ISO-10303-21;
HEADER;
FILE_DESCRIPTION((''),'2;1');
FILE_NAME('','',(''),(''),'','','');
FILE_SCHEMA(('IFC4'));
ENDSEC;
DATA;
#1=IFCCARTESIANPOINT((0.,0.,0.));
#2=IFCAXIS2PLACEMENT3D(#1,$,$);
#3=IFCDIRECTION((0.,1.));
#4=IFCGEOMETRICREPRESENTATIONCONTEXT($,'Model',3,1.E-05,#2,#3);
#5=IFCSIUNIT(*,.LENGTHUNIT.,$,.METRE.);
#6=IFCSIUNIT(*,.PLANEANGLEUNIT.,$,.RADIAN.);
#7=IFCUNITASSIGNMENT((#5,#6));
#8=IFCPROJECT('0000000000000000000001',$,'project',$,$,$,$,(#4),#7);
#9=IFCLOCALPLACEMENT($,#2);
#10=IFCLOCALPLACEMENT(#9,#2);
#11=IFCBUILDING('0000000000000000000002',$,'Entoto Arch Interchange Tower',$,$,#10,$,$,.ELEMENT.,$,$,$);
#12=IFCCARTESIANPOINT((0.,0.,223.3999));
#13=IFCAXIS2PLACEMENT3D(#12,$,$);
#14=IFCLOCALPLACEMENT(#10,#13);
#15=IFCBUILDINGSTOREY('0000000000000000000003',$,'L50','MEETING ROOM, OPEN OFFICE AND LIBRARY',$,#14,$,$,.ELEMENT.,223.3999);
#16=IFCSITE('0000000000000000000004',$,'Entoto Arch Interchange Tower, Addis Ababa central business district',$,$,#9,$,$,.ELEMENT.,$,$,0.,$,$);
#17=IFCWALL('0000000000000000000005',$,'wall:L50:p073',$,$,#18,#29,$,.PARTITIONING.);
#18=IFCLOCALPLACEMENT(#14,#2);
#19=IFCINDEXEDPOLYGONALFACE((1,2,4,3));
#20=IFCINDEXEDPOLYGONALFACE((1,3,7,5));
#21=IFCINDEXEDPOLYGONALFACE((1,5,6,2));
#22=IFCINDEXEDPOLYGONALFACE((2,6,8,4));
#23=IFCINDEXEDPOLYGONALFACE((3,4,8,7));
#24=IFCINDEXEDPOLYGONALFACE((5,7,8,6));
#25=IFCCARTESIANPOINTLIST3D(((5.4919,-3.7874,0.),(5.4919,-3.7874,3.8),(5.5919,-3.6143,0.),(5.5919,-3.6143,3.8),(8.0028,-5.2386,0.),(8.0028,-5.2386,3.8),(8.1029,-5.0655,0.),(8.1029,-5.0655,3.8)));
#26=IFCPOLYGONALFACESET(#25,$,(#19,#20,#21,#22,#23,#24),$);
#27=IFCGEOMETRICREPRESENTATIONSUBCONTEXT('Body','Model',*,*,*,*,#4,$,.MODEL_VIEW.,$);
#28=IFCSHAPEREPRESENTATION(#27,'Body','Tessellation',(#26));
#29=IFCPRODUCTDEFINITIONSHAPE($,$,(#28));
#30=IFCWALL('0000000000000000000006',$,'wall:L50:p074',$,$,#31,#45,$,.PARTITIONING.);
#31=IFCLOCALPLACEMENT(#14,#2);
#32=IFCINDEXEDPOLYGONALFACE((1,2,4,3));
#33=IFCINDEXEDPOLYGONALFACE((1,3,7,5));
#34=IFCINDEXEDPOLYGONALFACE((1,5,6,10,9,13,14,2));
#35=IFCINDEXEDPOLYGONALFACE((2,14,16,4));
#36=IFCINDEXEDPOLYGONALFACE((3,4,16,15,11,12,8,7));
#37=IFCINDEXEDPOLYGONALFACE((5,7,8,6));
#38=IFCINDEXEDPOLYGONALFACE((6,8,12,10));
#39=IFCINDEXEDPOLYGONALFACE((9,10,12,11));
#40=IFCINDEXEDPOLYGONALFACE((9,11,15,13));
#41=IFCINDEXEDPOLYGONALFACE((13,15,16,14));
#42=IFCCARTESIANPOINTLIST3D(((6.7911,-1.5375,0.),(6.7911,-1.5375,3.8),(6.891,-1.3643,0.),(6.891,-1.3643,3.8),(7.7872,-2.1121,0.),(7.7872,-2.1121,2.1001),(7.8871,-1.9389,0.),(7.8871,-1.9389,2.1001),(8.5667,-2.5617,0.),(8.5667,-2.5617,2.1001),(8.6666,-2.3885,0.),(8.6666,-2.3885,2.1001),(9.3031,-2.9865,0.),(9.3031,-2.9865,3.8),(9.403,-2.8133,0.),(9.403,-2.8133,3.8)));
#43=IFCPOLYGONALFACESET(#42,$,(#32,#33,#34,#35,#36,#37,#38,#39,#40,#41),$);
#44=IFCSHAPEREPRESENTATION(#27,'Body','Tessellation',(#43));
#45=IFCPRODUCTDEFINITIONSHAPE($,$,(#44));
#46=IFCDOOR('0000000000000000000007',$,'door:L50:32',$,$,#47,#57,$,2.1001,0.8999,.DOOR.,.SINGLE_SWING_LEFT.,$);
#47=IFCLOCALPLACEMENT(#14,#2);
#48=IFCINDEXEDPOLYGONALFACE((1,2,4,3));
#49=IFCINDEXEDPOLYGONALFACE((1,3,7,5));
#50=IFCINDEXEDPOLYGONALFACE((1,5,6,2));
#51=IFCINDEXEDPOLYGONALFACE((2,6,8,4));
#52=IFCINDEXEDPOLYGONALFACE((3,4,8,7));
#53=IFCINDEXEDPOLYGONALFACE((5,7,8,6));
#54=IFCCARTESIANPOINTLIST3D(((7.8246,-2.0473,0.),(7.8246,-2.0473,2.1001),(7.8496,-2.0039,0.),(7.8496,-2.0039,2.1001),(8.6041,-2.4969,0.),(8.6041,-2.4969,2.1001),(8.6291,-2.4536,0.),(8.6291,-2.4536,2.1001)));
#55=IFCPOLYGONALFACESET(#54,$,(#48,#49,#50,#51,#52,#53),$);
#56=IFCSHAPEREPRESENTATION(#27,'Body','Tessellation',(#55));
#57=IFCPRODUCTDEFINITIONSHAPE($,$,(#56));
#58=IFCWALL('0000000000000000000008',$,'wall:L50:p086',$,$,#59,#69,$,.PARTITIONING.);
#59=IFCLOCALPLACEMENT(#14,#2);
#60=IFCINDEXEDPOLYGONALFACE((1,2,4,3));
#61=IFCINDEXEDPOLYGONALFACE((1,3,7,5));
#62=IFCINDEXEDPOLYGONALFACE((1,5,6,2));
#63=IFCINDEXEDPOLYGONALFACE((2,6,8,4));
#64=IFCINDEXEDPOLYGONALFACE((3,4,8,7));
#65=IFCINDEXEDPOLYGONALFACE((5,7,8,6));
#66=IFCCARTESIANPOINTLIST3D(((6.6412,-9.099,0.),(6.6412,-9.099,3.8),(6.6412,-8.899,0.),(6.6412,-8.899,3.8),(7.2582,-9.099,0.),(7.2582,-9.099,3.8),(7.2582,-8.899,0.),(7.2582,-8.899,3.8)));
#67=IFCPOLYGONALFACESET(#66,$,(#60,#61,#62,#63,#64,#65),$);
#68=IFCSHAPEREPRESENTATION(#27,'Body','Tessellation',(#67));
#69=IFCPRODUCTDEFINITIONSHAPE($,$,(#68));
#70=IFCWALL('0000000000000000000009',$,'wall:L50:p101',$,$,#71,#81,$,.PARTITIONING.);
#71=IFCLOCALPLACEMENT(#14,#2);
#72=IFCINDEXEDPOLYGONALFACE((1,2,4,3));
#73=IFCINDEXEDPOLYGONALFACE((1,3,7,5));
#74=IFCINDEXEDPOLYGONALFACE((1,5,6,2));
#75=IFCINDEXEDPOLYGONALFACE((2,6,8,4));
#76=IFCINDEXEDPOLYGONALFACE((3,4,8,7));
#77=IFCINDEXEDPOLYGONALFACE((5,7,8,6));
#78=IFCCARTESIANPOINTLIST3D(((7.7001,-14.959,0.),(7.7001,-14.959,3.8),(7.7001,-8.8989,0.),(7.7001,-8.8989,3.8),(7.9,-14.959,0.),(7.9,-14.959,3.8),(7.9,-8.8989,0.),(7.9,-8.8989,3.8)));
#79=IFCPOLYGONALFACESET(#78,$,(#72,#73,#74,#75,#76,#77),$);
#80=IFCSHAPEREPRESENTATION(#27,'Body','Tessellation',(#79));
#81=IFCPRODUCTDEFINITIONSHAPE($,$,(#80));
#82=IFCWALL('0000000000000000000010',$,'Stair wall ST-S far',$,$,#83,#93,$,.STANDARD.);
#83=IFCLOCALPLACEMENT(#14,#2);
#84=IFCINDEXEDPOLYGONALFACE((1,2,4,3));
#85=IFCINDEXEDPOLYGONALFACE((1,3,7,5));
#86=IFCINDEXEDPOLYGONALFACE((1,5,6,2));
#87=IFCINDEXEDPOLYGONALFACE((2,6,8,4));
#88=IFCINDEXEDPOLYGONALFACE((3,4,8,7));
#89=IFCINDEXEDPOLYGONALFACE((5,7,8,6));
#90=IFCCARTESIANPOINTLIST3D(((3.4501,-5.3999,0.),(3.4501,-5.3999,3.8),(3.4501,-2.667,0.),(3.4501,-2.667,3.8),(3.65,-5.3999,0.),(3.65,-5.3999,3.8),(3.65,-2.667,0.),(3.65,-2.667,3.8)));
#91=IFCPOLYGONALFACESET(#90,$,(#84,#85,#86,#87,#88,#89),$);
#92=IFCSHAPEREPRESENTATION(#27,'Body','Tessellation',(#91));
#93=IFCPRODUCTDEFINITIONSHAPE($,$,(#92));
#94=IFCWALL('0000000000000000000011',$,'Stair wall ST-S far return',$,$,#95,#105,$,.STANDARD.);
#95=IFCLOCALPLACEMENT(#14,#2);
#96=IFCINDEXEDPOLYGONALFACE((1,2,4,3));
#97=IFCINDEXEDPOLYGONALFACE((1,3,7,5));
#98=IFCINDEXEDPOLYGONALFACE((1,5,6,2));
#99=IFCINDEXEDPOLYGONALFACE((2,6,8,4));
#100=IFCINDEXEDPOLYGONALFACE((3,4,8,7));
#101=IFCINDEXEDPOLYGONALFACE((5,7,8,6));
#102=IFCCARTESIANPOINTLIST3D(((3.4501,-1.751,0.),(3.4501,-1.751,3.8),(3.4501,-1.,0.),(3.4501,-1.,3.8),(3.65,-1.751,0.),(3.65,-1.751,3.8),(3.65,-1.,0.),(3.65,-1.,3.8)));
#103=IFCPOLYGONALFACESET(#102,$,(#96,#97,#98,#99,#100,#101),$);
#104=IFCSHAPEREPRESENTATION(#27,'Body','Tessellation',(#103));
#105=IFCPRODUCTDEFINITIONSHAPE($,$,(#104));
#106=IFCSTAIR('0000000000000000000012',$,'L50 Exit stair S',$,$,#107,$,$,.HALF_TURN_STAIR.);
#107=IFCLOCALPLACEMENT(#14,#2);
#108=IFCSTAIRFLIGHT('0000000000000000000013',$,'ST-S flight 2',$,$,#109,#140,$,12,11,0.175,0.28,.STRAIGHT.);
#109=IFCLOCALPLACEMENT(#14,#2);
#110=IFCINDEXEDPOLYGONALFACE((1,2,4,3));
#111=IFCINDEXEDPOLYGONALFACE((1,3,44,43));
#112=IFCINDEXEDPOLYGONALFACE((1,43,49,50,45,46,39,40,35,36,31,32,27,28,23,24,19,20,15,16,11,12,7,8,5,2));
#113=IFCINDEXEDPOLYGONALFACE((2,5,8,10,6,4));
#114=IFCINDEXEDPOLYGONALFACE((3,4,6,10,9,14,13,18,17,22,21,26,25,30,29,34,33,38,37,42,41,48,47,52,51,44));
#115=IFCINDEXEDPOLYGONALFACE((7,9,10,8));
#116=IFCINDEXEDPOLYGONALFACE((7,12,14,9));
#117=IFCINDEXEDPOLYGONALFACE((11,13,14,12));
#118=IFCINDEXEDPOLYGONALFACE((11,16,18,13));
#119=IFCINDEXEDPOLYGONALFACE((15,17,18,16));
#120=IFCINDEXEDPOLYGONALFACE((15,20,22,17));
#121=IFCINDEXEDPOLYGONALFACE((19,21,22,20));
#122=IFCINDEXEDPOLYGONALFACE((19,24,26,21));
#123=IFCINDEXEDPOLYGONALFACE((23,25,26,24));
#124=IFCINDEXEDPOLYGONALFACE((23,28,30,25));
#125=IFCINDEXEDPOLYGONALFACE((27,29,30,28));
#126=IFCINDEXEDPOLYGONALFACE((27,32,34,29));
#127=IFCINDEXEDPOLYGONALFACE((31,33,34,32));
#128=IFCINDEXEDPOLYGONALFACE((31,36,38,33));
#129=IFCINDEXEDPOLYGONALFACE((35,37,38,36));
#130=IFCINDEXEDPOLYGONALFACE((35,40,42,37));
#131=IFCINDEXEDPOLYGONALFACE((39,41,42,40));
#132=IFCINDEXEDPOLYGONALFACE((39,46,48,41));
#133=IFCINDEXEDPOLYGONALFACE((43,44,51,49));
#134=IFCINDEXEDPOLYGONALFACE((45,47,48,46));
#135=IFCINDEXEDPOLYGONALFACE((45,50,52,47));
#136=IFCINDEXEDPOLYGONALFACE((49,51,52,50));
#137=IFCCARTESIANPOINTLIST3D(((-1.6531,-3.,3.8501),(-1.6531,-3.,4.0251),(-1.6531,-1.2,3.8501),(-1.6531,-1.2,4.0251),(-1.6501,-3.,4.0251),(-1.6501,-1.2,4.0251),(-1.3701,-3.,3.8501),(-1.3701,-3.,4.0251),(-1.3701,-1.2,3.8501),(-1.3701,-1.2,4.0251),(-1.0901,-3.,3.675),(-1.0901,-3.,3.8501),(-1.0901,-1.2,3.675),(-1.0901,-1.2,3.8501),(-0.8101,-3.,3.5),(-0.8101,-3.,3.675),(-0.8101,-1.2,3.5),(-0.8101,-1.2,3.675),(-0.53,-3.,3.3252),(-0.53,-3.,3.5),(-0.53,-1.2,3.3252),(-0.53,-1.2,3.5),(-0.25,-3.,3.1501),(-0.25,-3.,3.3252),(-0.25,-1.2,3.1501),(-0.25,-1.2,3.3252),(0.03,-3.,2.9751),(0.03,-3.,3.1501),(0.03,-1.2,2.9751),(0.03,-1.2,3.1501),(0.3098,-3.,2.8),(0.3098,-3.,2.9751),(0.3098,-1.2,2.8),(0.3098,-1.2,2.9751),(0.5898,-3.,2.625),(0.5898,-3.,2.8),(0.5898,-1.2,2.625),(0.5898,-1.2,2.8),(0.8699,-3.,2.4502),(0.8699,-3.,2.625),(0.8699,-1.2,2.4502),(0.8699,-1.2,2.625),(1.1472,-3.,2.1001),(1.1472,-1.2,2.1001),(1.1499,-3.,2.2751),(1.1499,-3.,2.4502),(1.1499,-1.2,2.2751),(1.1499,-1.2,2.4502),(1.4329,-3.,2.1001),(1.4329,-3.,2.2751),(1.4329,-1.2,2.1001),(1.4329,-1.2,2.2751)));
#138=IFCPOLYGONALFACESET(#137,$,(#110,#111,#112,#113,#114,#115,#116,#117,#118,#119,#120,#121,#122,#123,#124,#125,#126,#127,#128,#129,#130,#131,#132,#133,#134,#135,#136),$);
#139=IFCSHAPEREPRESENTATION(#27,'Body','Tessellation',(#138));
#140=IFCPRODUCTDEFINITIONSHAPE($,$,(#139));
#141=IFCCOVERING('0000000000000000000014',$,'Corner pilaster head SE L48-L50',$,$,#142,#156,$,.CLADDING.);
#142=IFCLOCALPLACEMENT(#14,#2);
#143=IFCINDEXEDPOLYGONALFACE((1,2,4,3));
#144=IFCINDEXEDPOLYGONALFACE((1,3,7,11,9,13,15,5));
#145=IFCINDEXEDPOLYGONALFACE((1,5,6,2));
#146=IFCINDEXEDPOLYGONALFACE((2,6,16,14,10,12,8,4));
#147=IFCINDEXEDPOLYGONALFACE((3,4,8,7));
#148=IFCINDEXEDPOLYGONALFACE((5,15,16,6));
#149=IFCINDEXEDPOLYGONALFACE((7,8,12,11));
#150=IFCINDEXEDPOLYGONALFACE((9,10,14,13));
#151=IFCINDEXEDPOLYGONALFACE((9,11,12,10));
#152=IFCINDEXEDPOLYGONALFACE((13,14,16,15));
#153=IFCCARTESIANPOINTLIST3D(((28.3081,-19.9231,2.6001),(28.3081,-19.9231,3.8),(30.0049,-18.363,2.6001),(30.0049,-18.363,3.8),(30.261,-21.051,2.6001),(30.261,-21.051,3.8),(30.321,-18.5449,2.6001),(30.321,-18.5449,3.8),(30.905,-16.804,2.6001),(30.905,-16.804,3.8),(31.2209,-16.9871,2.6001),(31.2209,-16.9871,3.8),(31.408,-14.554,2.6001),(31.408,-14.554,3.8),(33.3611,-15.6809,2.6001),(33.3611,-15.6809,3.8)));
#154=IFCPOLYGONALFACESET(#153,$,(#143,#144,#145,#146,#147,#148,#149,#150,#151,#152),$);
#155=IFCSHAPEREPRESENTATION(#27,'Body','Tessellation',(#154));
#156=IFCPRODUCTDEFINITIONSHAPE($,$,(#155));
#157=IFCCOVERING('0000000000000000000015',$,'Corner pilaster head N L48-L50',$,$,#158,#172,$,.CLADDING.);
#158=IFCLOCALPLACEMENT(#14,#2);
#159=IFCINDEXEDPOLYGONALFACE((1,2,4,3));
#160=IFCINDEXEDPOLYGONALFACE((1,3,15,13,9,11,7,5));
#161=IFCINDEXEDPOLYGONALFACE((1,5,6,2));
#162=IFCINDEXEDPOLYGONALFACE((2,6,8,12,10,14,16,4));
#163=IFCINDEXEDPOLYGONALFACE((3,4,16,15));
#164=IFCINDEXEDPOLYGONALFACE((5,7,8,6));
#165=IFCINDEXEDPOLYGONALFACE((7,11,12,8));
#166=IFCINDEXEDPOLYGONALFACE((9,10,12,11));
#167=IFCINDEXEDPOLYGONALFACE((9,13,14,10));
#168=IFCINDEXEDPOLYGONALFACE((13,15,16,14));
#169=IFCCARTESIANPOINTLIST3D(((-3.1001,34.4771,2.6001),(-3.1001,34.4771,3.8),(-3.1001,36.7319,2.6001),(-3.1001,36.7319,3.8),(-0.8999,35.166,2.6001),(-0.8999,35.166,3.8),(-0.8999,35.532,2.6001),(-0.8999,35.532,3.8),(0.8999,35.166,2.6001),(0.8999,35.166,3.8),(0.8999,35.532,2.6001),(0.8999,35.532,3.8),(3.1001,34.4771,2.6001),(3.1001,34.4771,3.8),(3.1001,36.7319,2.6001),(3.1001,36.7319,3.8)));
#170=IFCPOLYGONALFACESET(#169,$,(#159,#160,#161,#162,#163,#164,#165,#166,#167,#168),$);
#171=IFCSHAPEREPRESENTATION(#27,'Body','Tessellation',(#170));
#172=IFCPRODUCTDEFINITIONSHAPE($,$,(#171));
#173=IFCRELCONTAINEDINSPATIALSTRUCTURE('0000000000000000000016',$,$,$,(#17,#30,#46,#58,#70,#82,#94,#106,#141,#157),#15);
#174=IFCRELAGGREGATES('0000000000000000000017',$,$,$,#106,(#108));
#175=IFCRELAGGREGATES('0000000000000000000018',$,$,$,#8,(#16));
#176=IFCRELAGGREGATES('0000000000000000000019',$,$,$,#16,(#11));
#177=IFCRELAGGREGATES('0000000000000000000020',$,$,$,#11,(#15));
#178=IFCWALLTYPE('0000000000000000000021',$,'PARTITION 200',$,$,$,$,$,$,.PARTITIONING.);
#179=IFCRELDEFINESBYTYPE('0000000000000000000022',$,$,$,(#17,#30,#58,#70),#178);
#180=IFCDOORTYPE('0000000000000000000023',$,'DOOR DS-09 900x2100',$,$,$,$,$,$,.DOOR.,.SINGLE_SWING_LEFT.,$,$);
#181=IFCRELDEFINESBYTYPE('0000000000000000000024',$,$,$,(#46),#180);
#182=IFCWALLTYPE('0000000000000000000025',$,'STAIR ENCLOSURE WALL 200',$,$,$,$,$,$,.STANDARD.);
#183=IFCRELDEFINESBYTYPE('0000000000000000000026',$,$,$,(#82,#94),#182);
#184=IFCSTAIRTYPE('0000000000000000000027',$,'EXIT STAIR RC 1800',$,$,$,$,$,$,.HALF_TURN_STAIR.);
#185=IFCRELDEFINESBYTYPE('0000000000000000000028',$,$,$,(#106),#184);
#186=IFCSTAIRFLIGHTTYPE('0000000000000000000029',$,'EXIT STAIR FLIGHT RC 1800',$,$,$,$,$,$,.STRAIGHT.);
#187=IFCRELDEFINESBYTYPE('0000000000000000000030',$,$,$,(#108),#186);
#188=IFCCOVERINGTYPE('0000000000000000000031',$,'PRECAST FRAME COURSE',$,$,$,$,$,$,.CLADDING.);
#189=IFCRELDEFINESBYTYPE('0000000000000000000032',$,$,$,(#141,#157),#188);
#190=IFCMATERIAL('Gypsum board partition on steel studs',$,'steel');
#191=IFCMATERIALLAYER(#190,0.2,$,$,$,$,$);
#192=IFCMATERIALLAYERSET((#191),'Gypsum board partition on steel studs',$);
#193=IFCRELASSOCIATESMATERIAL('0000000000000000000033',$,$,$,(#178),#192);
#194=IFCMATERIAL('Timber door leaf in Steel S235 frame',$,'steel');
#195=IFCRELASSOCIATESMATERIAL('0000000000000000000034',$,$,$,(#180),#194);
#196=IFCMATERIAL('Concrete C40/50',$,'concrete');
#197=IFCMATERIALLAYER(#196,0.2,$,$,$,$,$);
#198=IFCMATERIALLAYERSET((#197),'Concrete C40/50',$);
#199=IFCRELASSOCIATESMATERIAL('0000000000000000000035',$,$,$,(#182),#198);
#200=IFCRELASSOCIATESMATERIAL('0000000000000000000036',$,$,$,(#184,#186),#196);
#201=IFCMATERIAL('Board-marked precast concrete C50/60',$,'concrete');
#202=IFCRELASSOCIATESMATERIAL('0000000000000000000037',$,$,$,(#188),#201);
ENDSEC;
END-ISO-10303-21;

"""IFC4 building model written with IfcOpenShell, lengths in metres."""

from ifc_helpers import new_model, si_unit, direction, frame, frame_2d, origin, place, context, subcontext, project, spatial, polyline, rectangle, outline, extrude, material, layer, layer_set, type_object, element, fill, aggregate, save


model = new_model("IFC4")

# Units and contexts
model_context = context("Model", 3, precision=1e-05, world=origin(), true_north=direction((0.0, 1.0)))
body_context = subcontext(model_context, "Body", "Model", "MODEL_VIEW")
ifc_project = project(units=[si_unit("LENGTHUNIT", "METRE"), si_unit("PLANEANGLEUNIT", "RADIAN")], contexts=[model_context])

# Site, building, storey
site_placement = place(None, origin())
site = spatial("IfcSite", under=ifc_project, at=site_placement, Name="Entoto Arch Interchange Tower, Addis Ababa central business district", CompositionType="ELEMENT", RefElevation=0.0)
building_placement = place(site_placement, origin())
building = spatial("IfcBuilding", under=site, at=building_placement, Name="Entoto Arch Interchange Tower", CompositionType="ELEMENT")
storey_placement = place(building_placement, frame((0.0, 0.0, 223.3999)))
storey = spatial("IfcBuildingStorey", under=building, at=storey_placement, Name="L50", Description="MEETING ROOM, OPEN OFFICE AND LIBRARY", CompositionType="ELEMENT", Elevation=223.3999)

# Shared definitions
ifc_material_1 = material(Name="Concrete C40/50", Category="concrete")

# Wall
ifc_material_2 = material(Name="Gypsum board partition on steel studs", Category="steel")
ifc_layer_1 = layer(ifc_material_2, 0.2)
ifc_layer_set_1 = layer_set([ifc_layer_1], Name="Gypsum board partition on steel studs")
wall_type_1 = type_object("IfcWallType", Name="PARTITION 200", PredefinedType="PARTITIONING", material=ifc_layer_set_1)
wall_1_placement = place(storey_placement, frame((8.053, -5.1521, 0.0), z_axis=(0.0, 0.0, 1.0), x_axis=(-0.865808, 0.500376, 0.0)))
element("IfcWall", 1, at=wall_1_placement, inside=storey, type_object=wall_type_1, Name="wall:L50:p073", PredefinedType="PARTITIONING", context=body_context, shape_type="SweptSolid", body=[
    extrude(rectangle(XDim=2.9001, YDim=0.2, at=frame_2d((1.4502, 0.0))), origin(), (0.0, 0.0, 1.0), 3.8),
])

# Wall, opening, door
wall_2_placement = place(storey_placement, frame((6.8411, -1.4509, 0.0), z_axis=(0.0, 0.0, 1.0), x_axis=(0.866221, -0.499662, 0.0)))
wall_2 = element("IfcWall", 2, at=wall_2_placement, inside=storey, type_object=wall_type_1, Name="wall:L50:p074", PredefinedType="PARTITIONING", context=body_context, shape_type="SweptSolid", body=[
    extrude(rectangle(XDim=2.8999, YDim=0.2, at=frame_2d((1.45, 0.0))), origin(), (0.0, 0.0, 1.0), 3.8),
])
opening_1_placement = place(wall_2_placement, frame((1.1499, 0.0, 0.0)))
opening_1 = element("IfcOpeningElement", 3, at=opening_1_placement, cuts=wall_2, PredefinedType="OPENING", context=body_context, shape_type="SweptSolid", body=[
    extrude(rectangle(XDim=0.8999, YDim=2.1001, at=frame_2d((0.45, 1.05))), frame((0.0, 0.1099, 0.0), z_axis=(0.0, -1.0, 0.0), x_axis=(1.0, 0.0, 0.0)), (0.0, 0.0, 1.0), 0.22),
])
ifc_material_3 = material(Name="Timber door leaf in Steel S235 frame", Category="steel")
door_type_1 = type_object("IfcDoorType", Name="DOOR DS-09 900x2100", OperationType="SINGLE_SWING_LEFT", PredefinedType="DOOR", material=ifc_material_3)
door_1_placement = place(opening_1_placement, origin())
door_1 = element("IfcDoor", 4, at=door_1_placement, inside=storey, type_object=door_type_1, Name="door:L50:32", OperationType="SINGLE_SWING_LEFT", OverallHeight=2.1001, OverallWidth=0.8999, PredefinedType="DOOR", context=body_context, shape_type="SweptSolid", body=[
    extrude(rectangle(XDim=0.8999, YDim=2.1001, at=frame_2d((0.45, 1.05))), frame((0.0, 0.0249, 0.0), z_axis=(0.0, -1.0, 0.0), x_axis=(1.0, 0.0, 0.0)), (0.0, 0.0, 1.0), 0.05),
])
fill(opening_1, door_1)

# Walls
wall_3_placement = place(storey_placement, frame((6.6411, -8.999, 0.0), z_axis=(0.0, 0.0, 1.0), x_axis=(1.0, 0.0, 0.0)))
element("IfcWall", 5, at=wall_3_placement, inside=storey, type_object=wall_type_1, Name="wall:L50:p086", PredefinedType="PARTITIONING", context=body_context, shape_type="SweptSolid", body=[
    extrude(rectangle(XDim=0.6169, YDim=0.2, at=frame_2d((0.3086, 0.0))), origin(), (0.0, 0.0, 1.0), 3.8),
])
wall_4_placement = place(storey_placement, frame((7.8, -8.8989, 0.0), z_axis=(0.0, 0.0, 1.0), x_axis=(0.0, -1.0, 0.0)))
element("IfcWall", 6, at=wall_4_placement, inside=storey, type_object=wall_type_1, Name="wall:L50:p101", PredefinedType="PARTITIONING", context=body_context, shape_type="SweptSolid", body=[
    extrude(rectangle(XDim=6.0601, YDim=0.2, at=frame_2d((3.03, 0.0))), origin(), (0.0, 0.0, 1.0), 3.8),
])
ifc_layer_2 = layer(ifc_material_1, 0.2)
ifc_layer_set_2 = layer_set([ifc_layer_2], Name="Concrete C40/50")
wall_type_2 = type_object("IfcWallType", Name="STAIR ENCLOSURE WALL 200", PredefinedType="STANDARD", material=ifc_layer_set_2)
wall_5_placement = place(storey_placement, frame((3.55, -2.667, 0.0), z_axis=(0.0, 0.0, 1.0), x_axis=(0.0, -1.0, 0.0)))
element("IfcWall", 7, at=wall_5_placement, inside=storey, type_object=wall_type_2, Name="Stair wall ST-S far", PredefinedType="STANDARD", context=body_context, shape_type="SweptSolid", body=[
    extrude(rectangle(XDim=2.7329, YDim=0.2, at=frame_2d((1.3665, 0.0))), origin(), (0.0, 0.0, 1.0), 3.8),
])
wall_6_placement = place(storey_placement, frame((3.55, -1.0, 0.0), z_axis=(0.0, 0.0, 1.0), x_axis=(0.0, -1.0, 0.0)))
element("IfcWall", 8, at=wall_6_placement, inside=storey, type_object=wall_type_2, Name="Stair wall ST-S far return", PredefinedType="STANDARD", context=body_context, shape_type="SweptSolid", body=[
    extrude(rectangle(XDim=0.751, YDim=0.2, at=frame_2d((0.3755, 0.0))), origin(), (0.0, 0.0, 1.0), 3.8),
])

# Stair, stair flight
stair_type = type_object("IfcStairType", Name="EXIT STAIR RC 1800", PredefinedType="HALF_TURN_STAIR", material=ifc_material_1)
stair_placement = place(storey_placement, origin())
stair = element("IfcStair", 9, at=stair_placement, inside=storey, type_object=stair_type, Name="L50 Exit stair S", PredefinedType="HALF_TURN_STAIR")
stair_flight_type = type_object("IfcStairFlightType", Name="EXIT STAIR FLIGHT RC 1800", PredefinedType="STRAIGHT", material=ifc_material_1)
stair_flight_placement = place(storey_placement, frame((1.4299, -2.1001, 2.1001), z_axis=(0.0, 0.0, 1.0), x_axis=(-1.0, 0.0, 0.0)))
stair_flight = element("IfcStairFlight", 10, at=stair_flight_placement, type_object=stair_flight_type, Name="ST-S flight 2", NumberOfRisers=12, NumberOfTreads=11, PredefinedType="STRAIGHT", RiserHeight=0.175, TreadLength=0.28, context=body_context, shape_type="SweptSolid", body=[
    extrude(outline(polyline([(-0.0029, 0.0), (-0.0029, 0.175), (0.28, 0.175), (0.28, 0.3501), (0.5601, 0.3501), (0.5601, 0.5249), (0.8401, 0.5249), (0.8401, 0.7), (1.1201, 0.7), (1.1201, 0.875), (1.3999, 0.875), (1.3999, 1.05), (1.6799, 1.05), (1.6799, 1.2251), (1.96, 1.2251), (1.96, 1.3999), (2.24, 1.3999), (2.24, 1.575), (2.52, 1.575), (2.52, 1.75), (2.8, 1.75), (2.8, 1.925), (3.0801, 1.925), (3.083, 1.925), (3.083, 1.75), (0.2827, 0.0), (-0.0029, 0.0)])), frame((0.0, 0.8999, 0.0), z_axis=(0.0, -1.0, 0.0), x_axis=(1.0, 0.0, 0.0)), (0.0, 0.0, 1.0), 1.8),
])
aggregate(stair, [stair_flight])

# Coverings
ifc_material_4 = material(Name="Board-marked precast concrete C50/60", Category="concrete")
covering_type = type_object("IfcCoveringType", Name="PRECAST FRAME COURSE", PredefinedType="CLADDING", material=ifc_material_4)
covering_1_placement = place(storey_placement, frame((0.0, 0.0, 2.6001)))
element("IfcCovering", 11, at=covering_1_placement, inside=storey, type_object=covering_type, Name="Corner pilaster head SE L48-L50", PredefinedType="CLADDING", context=body_context, shape_type="SweptSolid", body=[
    extrude(outline(polyline([(33.3611, -15.6809), (30.261, -21.051), (28.3081, -19.9231), (30.0049, -18.363), (30.321, -18.5449), (31.2209, -16.9871), (30.905, -16.804), (31.408, -14.554), (33.3611, -15.6809)])), origin(), (0.0, 0.0, 1.0), 1.2),
])
covering_2_placement = place(storey_placement, frame((0.0, 0.0, 2.6001)))
element("IfcCovering", 12, at=covering_2_placement, inside=storey, type_object=covering_type, Name="Corner pilaster head N L48-L50", PredefinedType="CLADDING", context=body_context, shape_type="SweptSolid", body=[
    extrude(outline(polyline([(-3.1001, 36.7319), (3.1001, 36.7319), (3.1001, 34.4771), (0.8999, 35.166), (0.8999, 35.532), (-0.8999, 35.532), (-0.8999, 35.166), (-3.1001, 34.4771), (-3.1001, 36.7319)])), origin(), (0.0, 0.0, 1.0), 1.2),
])

save(model, "model.ifc")
